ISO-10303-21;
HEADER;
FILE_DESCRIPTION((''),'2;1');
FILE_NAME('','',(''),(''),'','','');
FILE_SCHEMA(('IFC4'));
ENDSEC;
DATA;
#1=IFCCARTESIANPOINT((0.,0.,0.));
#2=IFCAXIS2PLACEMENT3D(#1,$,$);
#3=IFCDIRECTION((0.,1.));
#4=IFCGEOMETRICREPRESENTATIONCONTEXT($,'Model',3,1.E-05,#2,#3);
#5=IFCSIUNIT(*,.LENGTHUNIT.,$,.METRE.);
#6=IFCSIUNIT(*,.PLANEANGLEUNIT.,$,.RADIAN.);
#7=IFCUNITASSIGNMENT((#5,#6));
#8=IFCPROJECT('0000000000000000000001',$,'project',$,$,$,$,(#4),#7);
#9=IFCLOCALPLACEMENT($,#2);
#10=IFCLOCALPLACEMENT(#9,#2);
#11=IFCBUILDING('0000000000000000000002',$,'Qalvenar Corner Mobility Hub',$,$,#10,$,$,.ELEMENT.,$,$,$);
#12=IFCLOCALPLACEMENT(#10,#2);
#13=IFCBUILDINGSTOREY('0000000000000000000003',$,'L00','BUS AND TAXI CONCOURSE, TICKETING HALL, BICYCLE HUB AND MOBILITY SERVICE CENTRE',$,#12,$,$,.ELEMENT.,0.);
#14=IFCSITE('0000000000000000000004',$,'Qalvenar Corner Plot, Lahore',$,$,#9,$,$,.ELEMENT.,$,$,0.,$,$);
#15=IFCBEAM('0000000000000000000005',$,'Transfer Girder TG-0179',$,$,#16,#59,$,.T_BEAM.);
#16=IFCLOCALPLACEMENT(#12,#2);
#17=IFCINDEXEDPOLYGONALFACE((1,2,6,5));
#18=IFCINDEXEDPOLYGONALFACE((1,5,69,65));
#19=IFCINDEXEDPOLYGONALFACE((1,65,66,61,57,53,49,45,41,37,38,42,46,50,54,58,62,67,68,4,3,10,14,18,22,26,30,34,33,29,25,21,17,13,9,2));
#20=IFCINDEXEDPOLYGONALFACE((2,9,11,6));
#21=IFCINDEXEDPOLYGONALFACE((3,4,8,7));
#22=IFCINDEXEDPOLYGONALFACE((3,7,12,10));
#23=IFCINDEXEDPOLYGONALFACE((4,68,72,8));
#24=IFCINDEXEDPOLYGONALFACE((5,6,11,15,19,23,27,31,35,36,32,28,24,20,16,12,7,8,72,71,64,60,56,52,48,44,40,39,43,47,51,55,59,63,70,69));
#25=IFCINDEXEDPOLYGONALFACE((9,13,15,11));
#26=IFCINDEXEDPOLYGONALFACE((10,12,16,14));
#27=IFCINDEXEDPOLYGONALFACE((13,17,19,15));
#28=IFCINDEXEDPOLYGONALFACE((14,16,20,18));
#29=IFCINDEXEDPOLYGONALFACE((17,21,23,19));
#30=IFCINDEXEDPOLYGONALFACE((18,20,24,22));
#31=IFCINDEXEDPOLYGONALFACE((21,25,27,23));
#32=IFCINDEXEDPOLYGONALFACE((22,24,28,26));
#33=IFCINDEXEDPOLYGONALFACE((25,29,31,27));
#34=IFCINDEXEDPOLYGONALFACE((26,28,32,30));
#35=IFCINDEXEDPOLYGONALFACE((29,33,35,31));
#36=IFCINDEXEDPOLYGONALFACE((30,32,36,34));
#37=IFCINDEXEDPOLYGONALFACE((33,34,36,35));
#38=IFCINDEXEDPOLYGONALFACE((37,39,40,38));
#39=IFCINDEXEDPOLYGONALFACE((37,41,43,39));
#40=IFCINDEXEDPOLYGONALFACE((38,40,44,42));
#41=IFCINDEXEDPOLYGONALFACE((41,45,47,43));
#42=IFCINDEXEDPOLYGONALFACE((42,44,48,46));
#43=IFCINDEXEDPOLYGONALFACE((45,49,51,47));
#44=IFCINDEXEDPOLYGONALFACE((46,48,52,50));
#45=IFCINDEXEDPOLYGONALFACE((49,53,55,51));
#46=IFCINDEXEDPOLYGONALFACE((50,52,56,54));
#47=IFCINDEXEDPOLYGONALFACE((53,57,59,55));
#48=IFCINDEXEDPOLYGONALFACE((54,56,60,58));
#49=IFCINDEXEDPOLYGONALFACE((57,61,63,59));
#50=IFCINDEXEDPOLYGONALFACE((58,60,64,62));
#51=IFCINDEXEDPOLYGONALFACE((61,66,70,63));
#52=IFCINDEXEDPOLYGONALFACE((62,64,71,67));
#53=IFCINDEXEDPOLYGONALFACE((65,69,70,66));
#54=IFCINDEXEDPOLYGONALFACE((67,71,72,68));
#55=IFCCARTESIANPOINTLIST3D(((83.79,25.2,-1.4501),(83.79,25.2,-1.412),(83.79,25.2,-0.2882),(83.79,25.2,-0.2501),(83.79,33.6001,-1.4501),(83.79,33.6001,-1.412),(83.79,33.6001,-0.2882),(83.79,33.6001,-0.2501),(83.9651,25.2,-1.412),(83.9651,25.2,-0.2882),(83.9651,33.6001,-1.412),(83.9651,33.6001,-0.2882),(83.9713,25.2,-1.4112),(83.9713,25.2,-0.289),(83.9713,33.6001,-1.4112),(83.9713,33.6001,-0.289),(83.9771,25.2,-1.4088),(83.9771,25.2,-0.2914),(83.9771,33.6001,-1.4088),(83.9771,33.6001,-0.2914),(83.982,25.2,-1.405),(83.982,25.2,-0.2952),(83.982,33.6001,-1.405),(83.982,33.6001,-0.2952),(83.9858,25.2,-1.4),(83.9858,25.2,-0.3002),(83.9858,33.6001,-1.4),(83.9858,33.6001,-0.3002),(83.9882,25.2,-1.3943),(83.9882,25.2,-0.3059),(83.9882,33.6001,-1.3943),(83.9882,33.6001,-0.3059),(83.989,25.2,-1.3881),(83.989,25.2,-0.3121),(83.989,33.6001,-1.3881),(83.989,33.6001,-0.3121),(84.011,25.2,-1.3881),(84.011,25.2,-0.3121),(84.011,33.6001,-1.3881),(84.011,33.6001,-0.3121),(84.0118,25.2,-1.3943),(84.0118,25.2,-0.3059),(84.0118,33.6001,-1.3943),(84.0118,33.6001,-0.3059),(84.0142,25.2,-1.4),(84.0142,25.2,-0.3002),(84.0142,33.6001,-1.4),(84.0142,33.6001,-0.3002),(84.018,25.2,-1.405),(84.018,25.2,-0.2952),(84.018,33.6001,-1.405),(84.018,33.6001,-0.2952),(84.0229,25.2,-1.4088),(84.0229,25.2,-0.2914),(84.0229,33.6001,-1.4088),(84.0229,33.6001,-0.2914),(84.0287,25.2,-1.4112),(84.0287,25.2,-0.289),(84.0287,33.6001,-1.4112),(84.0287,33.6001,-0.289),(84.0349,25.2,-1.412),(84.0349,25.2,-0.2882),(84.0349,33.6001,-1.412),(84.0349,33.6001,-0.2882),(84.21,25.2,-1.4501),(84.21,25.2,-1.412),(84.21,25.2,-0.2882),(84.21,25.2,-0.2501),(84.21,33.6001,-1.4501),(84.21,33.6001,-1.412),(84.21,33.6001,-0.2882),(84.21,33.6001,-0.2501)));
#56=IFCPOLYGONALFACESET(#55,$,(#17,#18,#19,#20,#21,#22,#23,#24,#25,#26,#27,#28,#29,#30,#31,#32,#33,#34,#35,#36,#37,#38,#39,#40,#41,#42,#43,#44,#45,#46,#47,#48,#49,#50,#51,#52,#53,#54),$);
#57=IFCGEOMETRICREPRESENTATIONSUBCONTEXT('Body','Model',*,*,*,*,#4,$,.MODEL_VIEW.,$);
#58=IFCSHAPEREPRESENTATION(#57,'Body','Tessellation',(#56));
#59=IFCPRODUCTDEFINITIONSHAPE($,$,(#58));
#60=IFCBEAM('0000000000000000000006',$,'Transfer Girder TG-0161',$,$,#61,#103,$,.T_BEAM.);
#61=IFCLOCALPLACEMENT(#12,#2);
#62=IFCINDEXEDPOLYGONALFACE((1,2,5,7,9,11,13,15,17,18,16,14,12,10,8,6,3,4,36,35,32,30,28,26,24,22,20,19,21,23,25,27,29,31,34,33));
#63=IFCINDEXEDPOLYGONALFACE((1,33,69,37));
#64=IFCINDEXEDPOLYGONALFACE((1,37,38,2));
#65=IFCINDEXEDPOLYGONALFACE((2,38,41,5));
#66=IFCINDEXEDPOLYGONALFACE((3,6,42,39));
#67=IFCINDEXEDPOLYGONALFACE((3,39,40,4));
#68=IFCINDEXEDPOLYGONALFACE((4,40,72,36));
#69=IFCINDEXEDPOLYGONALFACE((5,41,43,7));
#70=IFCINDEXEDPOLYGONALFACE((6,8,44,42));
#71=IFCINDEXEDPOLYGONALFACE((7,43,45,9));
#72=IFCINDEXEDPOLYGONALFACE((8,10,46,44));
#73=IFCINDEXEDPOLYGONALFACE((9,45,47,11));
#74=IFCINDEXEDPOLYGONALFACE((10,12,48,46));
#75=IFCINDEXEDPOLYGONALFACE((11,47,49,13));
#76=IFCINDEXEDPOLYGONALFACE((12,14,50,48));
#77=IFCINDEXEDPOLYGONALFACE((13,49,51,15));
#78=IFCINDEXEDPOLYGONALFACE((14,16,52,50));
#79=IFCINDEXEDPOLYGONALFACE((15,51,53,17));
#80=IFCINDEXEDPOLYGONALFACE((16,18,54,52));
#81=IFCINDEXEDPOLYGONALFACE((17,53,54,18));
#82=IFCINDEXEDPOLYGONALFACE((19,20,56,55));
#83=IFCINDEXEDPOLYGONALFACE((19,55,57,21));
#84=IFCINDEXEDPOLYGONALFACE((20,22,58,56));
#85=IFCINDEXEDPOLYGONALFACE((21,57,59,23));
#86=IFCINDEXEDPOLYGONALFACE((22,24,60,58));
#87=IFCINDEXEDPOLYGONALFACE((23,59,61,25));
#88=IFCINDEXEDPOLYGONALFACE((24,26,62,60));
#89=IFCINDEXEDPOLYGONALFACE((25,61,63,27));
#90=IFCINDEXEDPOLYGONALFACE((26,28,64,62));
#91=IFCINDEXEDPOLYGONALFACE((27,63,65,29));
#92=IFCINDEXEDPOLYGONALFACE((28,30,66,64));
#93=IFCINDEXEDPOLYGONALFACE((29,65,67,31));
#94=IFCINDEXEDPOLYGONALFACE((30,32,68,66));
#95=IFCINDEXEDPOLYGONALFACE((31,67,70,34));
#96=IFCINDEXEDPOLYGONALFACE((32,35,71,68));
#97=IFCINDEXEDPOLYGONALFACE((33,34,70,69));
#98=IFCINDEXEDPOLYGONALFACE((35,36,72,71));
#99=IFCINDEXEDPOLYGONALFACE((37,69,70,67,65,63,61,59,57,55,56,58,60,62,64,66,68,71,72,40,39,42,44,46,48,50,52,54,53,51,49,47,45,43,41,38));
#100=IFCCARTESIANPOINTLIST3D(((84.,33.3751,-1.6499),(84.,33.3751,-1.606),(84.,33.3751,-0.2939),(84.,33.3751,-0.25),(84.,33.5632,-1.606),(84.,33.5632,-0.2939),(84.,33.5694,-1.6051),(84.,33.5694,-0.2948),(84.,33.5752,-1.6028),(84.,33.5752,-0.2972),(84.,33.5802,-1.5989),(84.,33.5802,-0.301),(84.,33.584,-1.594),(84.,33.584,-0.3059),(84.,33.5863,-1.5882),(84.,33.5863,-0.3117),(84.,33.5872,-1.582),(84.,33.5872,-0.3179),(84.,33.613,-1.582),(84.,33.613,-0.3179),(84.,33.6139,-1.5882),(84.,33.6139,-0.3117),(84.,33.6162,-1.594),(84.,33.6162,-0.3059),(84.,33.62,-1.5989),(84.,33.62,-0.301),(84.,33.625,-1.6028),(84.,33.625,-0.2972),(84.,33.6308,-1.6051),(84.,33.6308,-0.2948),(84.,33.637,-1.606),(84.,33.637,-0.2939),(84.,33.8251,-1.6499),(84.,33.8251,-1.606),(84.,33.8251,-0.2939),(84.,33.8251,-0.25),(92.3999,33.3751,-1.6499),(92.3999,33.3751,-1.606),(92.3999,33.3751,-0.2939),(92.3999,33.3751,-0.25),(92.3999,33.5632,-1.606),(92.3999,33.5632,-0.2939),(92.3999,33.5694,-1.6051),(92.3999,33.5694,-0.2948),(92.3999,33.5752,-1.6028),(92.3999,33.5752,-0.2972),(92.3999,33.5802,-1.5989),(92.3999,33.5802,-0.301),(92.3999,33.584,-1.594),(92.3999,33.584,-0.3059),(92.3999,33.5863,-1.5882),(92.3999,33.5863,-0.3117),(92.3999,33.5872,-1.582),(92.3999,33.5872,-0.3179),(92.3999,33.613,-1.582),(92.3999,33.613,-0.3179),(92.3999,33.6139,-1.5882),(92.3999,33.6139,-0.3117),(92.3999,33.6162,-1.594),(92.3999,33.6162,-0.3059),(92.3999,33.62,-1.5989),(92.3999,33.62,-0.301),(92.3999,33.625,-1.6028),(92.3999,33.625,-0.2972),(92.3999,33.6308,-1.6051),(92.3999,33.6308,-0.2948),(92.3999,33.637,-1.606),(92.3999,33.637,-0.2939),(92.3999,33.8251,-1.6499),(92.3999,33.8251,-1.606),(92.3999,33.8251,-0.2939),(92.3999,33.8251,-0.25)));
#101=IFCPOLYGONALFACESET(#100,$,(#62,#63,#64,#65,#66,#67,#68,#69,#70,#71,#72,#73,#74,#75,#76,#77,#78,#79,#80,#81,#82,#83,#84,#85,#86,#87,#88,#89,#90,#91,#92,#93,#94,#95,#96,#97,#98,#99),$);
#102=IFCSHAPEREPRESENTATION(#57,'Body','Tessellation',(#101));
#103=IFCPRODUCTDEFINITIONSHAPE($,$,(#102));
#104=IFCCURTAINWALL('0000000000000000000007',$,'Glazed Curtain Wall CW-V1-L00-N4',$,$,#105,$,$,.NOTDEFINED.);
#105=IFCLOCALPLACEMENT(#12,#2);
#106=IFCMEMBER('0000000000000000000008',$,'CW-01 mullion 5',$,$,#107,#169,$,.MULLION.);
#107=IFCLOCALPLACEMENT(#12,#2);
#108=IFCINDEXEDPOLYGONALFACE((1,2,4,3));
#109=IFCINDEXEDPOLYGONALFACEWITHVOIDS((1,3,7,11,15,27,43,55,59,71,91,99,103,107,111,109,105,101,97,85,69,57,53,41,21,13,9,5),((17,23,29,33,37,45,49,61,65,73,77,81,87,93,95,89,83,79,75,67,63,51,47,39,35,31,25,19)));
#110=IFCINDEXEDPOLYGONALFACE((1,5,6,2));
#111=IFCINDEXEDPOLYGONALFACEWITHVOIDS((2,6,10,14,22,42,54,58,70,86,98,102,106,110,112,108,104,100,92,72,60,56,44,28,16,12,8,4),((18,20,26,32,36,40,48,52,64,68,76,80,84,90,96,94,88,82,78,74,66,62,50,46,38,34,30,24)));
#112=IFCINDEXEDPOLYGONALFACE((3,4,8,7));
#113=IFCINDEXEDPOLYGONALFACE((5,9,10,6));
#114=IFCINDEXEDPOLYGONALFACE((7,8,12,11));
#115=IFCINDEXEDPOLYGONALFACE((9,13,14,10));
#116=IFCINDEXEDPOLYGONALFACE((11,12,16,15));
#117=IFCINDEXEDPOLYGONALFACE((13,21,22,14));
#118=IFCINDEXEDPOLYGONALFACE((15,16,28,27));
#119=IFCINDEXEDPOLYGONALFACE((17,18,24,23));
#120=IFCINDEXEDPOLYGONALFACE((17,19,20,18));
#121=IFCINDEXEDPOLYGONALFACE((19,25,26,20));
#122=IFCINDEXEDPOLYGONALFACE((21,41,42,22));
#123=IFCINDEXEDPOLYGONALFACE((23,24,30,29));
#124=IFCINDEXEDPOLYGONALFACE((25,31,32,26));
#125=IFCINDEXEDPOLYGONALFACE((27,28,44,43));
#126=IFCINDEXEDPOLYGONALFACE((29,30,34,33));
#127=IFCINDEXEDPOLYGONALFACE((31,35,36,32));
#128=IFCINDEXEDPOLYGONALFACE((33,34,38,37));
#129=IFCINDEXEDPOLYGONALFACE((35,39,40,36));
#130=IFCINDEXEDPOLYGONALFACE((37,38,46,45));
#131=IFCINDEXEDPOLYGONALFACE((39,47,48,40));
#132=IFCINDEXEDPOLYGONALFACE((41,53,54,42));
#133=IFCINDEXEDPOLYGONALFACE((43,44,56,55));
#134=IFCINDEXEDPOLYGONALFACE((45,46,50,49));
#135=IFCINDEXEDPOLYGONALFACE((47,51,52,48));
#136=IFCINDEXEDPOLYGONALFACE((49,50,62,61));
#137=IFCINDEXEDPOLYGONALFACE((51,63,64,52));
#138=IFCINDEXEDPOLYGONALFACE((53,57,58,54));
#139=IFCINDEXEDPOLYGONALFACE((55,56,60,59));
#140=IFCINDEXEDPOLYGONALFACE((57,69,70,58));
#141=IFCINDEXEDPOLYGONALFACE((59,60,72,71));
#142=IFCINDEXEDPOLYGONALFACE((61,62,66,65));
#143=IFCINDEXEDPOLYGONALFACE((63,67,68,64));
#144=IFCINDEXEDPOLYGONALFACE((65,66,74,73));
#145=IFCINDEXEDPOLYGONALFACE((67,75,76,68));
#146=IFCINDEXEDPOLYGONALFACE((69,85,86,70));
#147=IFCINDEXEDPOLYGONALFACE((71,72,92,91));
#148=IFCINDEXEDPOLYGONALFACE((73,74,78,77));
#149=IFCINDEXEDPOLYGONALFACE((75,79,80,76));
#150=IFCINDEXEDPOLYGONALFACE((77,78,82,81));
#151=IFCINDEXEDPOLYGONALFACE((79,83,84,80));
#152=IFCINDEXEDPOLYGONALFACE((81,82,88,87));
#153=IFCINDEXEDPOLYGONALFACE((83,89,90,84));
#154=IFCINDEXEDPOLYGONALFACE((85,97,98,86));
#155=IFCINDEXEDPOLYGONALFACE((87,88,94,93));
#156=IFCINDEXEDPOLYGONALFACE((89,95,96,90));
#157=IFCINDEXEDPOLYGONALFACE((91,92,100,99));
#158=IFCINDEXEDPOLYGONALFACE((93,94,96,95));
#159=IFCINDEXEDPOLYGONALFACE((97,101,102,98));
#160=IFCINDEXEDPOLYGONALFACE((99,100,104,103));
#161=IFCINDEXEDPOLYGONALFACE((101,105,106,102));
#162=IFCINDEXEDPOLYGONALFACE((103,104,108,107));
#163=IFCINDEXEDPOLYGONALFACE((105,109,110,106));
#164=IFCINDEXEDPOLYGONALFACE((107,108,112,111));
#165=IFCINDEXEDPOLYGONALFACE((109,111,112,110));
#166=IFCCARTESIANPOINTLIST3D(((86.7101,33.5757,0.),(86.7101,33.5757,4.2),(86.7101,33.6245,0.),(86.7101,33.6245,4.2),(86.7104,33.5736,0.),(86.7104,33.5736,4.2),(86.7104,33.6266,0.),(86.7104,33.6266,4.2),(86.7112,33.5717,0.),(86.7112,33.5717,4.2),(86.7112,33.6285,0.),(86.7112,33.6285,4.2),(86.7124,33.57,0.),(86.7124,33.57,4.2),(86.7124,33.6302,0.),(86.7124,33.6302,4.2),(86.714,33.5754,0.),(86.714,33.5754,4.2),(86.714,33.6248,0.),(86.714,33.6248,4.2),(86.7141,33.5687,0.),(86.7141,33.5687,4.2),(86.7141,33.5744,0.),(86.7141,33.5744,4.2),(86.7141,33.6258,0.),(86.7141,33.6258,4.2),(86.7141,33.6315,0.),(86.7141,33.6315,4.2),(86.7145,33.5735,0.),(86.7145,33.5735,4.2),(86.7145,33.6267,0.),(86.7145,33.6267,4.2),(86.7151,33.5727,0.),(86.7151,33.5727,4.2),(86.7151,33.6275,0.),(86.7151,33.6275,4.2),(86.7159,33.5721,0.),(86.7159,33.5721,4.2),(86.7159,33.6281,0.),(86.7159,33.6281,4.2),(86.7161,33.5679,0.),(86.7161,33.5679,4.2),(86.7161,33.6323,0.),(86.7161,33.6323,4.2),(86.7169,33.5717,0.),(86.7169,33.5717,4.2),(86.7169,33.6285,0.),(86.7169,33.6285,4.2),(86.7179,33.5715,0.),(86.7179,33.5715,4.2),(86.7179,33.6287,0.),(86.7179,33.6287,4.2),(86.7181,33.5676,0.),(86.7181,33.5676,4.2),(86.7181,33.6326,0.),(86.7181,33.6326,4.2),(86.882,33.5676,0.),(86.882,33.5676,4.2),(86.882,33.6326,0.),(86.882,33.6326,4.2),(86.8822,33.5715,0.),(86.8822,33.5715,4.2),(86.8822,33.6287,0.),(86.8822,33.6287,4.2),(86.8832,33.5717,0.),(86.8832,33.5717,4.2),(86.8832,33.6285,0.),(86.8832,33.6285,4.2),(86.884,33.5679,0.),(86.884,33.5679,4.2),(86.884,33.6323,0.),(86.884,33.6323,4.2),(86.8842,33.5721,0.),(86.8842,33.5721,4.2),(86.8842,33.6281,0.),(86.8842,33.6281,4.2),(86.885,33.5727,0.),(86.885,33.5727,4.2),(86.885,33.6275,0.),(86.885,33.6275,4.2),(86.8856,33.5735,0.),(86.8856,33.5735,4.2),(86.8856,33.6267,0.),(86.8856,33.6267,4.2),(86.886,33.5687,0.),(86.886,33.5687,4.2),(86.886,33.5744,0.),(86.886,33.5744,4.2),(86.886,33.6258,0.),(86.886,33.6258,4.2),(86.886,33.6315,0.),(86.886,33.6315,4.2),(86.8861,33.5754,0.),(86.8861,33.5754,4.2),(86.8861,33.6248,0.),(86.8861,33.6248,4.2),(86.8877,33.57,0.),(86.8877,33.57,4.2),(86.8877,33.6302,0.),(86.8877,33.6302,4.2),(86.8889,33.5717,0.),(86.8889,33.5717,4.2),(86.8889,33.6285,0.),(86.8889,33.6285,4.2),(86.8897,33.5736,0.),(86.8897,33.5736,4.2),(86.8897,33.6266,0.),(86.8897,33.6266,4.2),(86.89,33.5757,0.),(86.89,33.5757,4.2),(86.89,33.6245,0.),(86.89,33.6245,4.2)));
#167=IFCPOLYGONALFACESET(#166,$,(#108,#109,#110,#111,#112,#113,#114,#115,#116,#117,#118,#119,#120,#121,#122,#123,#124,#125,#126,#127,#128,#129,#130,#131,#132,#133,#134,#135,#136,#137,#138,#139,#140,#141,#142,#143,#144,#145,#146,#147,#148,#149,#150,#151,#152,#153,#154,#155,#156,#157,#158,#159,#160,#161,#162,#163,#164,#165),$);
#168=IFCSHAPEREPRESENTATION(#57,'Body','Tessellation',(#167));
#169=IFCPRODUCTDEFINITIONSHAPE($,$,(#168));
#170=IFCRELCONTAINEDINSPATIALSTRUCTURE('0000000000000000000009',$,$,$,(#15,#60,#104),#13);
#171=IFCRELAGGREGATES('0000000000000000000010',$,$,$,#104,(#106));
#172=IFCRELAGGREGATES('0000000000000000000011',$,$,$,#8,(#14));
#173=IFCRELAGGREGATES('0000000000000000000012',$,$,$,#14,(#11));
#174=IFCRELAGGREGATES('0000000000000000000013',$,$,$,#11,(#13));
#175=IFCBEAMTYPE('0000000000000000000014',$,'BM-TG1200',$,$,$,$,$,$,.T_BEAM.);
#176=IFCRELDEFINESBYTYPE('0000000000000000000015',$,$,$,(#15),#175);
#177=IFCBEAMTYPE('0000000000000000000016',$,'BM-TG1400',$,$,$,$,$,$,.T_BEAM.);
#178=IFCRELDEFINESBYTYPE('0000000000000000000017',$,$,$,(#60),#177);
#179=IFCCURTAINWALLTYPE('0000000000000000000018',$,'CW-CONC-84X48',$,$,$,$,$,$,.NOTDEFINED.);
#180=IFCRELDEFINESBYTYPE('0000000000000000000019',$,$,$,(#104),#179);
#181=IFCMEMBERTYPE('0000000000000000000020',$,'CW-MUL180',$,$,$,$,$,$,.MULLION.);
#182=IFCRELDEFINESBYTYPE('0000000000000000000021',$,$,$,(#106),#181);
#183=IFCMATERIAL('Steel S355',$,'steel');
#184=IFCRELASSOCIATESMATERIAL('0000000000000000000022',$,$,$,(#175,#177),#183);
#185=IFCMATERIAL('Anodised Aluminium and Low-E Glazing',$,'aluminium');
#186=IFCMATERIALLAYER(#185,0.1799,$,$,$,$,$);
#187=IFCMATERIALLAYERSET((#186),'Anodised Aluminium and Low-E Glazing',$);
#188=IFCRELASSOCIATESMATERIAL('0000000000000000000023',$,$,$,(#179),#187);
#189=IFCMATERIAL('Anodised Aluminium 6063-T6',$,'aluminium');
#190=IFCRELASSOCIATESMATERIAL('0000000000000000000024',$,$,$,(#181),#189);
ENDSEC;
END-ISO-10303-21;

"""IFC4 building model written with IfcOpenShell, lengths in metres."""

from ifc_helpers import new_model, si_unit, direction, frame, origin, origin_2d, place, context, subcontext, project, spatial, hollow_rectangle, i_section, extrude, material, layer, layer_set, material_profile, profile_set, type_object, element, aggregate, save


model = new_model("IFC4")

# Units and contexts
model_context = context("Model", 3, precision=1e-05, world=origin(), true_north=direction((0.0, 1.0)))
body_context = subcontext(model_context, "Body", "Model", "MODEL_VIEW")
ifc_project = project(units=[si_unit("LENGTHUNIT", "METRE"), si_unit("PLANEANGLEUNIT", "RADIAN")], contexts=[model_context])

# Site, building, storey
site_placement = place(None, origin())
site = spatial("IfcSite", under=ifc_project, at=site_placement, Name="Qalvenar Corner Plot, Lahore", CompositionType="ELEMENT", RefElevation=0.0)
building_placement = place(site_placement, origin())
building = spatial("IfcBuilding", under=site, at=building_placement, Name="Qalvenar Corner Mobility Hub", CompositionType="ELEMENT")
storey_placement = place(building_placement, origin())
storey = spatial("IfcBuildingStorey", under=building, at=storey_placement, Name="L00", Description="BUS AND TAXI CONCOURSE, TICKETING HALL, BICYCLE HUB AND MOBILITY SERVICE CENTRE", CompositionType="ELEMENT", Elevation=0.0)

# Shared definitions
ifc_material_1 = material(Name="Steel S355", Category="steel")

# Beams
ifc_material_profile_1 = material_profile(ifc_material_1, i_section(OverallWidth=0.4199, OverallDepth=1.2, WebThickness=0.022, FlangeThickness=0.0381, FilletRadius=0.0239, at=origin_2d()), Name="W1100x390-TG1200")
ifc_profile_set_1 = profile_set([ifc_material_profile_1], Name="Steel S355")
beam_type_1 = type_object("IfcBeamType", Name="BM-TG1200", PredefinedType="T_BEAM", material=ifc_profile_set_1)
beam_1_placement = place(storey_placement, frame((84.0, 25.2, -0.8501), z_axis=(0.0, 1.0, 0.0), x_axis=(-1.0, 0.0, 0.0)))
element("IfcBeam", 1, at=beam_1_placement, inside=storey, type_object=beam_type_1, Name="Transfer Girder TG-0179", PredefinedType="T_BEAM", context=body_context, shape_type="SweptSolid", body=[
    extrude(i_section(OverallWidth=0.4199, OverallDepth=1.2, WebThickness=0.022, FlangeThickness=0.0381, FilletRadius=0.0239, at=origin_2d()), origin(), (0.0, 0.0, 1.0), 8.4001),
])
ifc_material_profile_2 = material_profile(ifc_material_1, i_section(OverallWidth=0.45, OverallDepth=1.3999, WebThickness=0.0259, FlangeThickness=0.0439, FilletRadius=0.0239, at=origin_2d()), Name="W1100x499-TG1400")
ifc_profile_set_2 = profile_set([ifc_material_profile_2], Name="Steel S355")
beam_type_2 = type_object("IfcBeamType", Name="BM-TG1400", PredefinedType="T_BEAM", material=ifc_profile_set_2)
beam_2_placement = place(storey_placement, frame((84.0, 33.6001, -0.95), z_axis=(1.0, 0.0, 0.0), x_axis=(0.0, 1.0, 0.0)))
element("IfcBeam", 2, at=beam_2_placement, inside=storey, type_object=beam_type_2, Name="Transfer Girder TG-0161", PredefinedType="T_BEAM", context=body_context, shape_type="SweptSolid", body=[
    extrude(i_section(OverallWidth=0.45, OverallDepth=1.3999, WebThickness=0.0259, FlangeThickness=0.0439, FilletRadius=0.0239, at=origin_2d()), origin(), (0.0, 0.0, 1.0), 8.3999),
])

# Curtain wall, member
ifc_material_2 = material(Name="Anodised Aluminium and Low-E Glazing", Category="aluminium")
ifc_layer_1 = layer(ifc_material_2, 0.1799)
ifc_layer_set_1 = layer_set([ifc_layer_1], Name="Anodised Aluminium and Low-E Glazing")
curtain_wall_type = type_object("IfcCurtainWallType", Name="CW-CONC-84X48", PredefinedType="NOTDEFINED", material=ifc_layer_set_1)
curtain_wall_placement = place(storey_placement, origin())
curtain_wall = element("IfcCurtainWall", 3, at=curtain_wall_placement, inside=storey, type_object=curtain_wall_type, Name="Glazed Curtain Wall CW-V1-L00-N4", PredefinedType="NOTDEFINED")
ifc_material_3 = material(Name="Anodised Aluminium 6063-T6", Category="aluminium")
ifc_material_profile_3 = material_profile(ifc_material_3, hollow_rectangle(XDim=0.0649, YDim=0.1799, WallThickness=0.0039, InnerFilletRadius=0.0039, OuterFilletRadius=0.0081, at=origin_2d()), Name="RHS180x65x4")
ifc_profile_set_3 = profile_set([ifc_material_profile_3], Name="Anodised Aluminium 6063-T6")
member_type_1 = type_object("IfcMemberType", Name="CW-MUL180", PredefinedType="MULLION", material=ifc_profile_set_3)
member_1_placement = place(storey_placement, frame((86.8, 33.6001, 0.0), z_axis=(0.0, 0.0, 1.0), x_axis=(0.0, -1.0, 0.0)))
member_1 = element("IfcMember", 4, at=member_1_placement, type_object=member_type_1, Name="CW-01 mullion 5", PredefinedType="MULLION", context=body_context, shape_type="SweptSolid", body=[
    extrude(hollow_rectangle(XDim=0.0649, YDim=0.1799, WallThickness=0.0039, InnerFilletRadius=0.0039, OuterFilletRadius=0.0081, at=origin_2d()), origin(), (0.0, 0.0, 1.0), 4.2),
])
aggregate(curtain_wall, [member_1])

save(model, "model.ifc")
